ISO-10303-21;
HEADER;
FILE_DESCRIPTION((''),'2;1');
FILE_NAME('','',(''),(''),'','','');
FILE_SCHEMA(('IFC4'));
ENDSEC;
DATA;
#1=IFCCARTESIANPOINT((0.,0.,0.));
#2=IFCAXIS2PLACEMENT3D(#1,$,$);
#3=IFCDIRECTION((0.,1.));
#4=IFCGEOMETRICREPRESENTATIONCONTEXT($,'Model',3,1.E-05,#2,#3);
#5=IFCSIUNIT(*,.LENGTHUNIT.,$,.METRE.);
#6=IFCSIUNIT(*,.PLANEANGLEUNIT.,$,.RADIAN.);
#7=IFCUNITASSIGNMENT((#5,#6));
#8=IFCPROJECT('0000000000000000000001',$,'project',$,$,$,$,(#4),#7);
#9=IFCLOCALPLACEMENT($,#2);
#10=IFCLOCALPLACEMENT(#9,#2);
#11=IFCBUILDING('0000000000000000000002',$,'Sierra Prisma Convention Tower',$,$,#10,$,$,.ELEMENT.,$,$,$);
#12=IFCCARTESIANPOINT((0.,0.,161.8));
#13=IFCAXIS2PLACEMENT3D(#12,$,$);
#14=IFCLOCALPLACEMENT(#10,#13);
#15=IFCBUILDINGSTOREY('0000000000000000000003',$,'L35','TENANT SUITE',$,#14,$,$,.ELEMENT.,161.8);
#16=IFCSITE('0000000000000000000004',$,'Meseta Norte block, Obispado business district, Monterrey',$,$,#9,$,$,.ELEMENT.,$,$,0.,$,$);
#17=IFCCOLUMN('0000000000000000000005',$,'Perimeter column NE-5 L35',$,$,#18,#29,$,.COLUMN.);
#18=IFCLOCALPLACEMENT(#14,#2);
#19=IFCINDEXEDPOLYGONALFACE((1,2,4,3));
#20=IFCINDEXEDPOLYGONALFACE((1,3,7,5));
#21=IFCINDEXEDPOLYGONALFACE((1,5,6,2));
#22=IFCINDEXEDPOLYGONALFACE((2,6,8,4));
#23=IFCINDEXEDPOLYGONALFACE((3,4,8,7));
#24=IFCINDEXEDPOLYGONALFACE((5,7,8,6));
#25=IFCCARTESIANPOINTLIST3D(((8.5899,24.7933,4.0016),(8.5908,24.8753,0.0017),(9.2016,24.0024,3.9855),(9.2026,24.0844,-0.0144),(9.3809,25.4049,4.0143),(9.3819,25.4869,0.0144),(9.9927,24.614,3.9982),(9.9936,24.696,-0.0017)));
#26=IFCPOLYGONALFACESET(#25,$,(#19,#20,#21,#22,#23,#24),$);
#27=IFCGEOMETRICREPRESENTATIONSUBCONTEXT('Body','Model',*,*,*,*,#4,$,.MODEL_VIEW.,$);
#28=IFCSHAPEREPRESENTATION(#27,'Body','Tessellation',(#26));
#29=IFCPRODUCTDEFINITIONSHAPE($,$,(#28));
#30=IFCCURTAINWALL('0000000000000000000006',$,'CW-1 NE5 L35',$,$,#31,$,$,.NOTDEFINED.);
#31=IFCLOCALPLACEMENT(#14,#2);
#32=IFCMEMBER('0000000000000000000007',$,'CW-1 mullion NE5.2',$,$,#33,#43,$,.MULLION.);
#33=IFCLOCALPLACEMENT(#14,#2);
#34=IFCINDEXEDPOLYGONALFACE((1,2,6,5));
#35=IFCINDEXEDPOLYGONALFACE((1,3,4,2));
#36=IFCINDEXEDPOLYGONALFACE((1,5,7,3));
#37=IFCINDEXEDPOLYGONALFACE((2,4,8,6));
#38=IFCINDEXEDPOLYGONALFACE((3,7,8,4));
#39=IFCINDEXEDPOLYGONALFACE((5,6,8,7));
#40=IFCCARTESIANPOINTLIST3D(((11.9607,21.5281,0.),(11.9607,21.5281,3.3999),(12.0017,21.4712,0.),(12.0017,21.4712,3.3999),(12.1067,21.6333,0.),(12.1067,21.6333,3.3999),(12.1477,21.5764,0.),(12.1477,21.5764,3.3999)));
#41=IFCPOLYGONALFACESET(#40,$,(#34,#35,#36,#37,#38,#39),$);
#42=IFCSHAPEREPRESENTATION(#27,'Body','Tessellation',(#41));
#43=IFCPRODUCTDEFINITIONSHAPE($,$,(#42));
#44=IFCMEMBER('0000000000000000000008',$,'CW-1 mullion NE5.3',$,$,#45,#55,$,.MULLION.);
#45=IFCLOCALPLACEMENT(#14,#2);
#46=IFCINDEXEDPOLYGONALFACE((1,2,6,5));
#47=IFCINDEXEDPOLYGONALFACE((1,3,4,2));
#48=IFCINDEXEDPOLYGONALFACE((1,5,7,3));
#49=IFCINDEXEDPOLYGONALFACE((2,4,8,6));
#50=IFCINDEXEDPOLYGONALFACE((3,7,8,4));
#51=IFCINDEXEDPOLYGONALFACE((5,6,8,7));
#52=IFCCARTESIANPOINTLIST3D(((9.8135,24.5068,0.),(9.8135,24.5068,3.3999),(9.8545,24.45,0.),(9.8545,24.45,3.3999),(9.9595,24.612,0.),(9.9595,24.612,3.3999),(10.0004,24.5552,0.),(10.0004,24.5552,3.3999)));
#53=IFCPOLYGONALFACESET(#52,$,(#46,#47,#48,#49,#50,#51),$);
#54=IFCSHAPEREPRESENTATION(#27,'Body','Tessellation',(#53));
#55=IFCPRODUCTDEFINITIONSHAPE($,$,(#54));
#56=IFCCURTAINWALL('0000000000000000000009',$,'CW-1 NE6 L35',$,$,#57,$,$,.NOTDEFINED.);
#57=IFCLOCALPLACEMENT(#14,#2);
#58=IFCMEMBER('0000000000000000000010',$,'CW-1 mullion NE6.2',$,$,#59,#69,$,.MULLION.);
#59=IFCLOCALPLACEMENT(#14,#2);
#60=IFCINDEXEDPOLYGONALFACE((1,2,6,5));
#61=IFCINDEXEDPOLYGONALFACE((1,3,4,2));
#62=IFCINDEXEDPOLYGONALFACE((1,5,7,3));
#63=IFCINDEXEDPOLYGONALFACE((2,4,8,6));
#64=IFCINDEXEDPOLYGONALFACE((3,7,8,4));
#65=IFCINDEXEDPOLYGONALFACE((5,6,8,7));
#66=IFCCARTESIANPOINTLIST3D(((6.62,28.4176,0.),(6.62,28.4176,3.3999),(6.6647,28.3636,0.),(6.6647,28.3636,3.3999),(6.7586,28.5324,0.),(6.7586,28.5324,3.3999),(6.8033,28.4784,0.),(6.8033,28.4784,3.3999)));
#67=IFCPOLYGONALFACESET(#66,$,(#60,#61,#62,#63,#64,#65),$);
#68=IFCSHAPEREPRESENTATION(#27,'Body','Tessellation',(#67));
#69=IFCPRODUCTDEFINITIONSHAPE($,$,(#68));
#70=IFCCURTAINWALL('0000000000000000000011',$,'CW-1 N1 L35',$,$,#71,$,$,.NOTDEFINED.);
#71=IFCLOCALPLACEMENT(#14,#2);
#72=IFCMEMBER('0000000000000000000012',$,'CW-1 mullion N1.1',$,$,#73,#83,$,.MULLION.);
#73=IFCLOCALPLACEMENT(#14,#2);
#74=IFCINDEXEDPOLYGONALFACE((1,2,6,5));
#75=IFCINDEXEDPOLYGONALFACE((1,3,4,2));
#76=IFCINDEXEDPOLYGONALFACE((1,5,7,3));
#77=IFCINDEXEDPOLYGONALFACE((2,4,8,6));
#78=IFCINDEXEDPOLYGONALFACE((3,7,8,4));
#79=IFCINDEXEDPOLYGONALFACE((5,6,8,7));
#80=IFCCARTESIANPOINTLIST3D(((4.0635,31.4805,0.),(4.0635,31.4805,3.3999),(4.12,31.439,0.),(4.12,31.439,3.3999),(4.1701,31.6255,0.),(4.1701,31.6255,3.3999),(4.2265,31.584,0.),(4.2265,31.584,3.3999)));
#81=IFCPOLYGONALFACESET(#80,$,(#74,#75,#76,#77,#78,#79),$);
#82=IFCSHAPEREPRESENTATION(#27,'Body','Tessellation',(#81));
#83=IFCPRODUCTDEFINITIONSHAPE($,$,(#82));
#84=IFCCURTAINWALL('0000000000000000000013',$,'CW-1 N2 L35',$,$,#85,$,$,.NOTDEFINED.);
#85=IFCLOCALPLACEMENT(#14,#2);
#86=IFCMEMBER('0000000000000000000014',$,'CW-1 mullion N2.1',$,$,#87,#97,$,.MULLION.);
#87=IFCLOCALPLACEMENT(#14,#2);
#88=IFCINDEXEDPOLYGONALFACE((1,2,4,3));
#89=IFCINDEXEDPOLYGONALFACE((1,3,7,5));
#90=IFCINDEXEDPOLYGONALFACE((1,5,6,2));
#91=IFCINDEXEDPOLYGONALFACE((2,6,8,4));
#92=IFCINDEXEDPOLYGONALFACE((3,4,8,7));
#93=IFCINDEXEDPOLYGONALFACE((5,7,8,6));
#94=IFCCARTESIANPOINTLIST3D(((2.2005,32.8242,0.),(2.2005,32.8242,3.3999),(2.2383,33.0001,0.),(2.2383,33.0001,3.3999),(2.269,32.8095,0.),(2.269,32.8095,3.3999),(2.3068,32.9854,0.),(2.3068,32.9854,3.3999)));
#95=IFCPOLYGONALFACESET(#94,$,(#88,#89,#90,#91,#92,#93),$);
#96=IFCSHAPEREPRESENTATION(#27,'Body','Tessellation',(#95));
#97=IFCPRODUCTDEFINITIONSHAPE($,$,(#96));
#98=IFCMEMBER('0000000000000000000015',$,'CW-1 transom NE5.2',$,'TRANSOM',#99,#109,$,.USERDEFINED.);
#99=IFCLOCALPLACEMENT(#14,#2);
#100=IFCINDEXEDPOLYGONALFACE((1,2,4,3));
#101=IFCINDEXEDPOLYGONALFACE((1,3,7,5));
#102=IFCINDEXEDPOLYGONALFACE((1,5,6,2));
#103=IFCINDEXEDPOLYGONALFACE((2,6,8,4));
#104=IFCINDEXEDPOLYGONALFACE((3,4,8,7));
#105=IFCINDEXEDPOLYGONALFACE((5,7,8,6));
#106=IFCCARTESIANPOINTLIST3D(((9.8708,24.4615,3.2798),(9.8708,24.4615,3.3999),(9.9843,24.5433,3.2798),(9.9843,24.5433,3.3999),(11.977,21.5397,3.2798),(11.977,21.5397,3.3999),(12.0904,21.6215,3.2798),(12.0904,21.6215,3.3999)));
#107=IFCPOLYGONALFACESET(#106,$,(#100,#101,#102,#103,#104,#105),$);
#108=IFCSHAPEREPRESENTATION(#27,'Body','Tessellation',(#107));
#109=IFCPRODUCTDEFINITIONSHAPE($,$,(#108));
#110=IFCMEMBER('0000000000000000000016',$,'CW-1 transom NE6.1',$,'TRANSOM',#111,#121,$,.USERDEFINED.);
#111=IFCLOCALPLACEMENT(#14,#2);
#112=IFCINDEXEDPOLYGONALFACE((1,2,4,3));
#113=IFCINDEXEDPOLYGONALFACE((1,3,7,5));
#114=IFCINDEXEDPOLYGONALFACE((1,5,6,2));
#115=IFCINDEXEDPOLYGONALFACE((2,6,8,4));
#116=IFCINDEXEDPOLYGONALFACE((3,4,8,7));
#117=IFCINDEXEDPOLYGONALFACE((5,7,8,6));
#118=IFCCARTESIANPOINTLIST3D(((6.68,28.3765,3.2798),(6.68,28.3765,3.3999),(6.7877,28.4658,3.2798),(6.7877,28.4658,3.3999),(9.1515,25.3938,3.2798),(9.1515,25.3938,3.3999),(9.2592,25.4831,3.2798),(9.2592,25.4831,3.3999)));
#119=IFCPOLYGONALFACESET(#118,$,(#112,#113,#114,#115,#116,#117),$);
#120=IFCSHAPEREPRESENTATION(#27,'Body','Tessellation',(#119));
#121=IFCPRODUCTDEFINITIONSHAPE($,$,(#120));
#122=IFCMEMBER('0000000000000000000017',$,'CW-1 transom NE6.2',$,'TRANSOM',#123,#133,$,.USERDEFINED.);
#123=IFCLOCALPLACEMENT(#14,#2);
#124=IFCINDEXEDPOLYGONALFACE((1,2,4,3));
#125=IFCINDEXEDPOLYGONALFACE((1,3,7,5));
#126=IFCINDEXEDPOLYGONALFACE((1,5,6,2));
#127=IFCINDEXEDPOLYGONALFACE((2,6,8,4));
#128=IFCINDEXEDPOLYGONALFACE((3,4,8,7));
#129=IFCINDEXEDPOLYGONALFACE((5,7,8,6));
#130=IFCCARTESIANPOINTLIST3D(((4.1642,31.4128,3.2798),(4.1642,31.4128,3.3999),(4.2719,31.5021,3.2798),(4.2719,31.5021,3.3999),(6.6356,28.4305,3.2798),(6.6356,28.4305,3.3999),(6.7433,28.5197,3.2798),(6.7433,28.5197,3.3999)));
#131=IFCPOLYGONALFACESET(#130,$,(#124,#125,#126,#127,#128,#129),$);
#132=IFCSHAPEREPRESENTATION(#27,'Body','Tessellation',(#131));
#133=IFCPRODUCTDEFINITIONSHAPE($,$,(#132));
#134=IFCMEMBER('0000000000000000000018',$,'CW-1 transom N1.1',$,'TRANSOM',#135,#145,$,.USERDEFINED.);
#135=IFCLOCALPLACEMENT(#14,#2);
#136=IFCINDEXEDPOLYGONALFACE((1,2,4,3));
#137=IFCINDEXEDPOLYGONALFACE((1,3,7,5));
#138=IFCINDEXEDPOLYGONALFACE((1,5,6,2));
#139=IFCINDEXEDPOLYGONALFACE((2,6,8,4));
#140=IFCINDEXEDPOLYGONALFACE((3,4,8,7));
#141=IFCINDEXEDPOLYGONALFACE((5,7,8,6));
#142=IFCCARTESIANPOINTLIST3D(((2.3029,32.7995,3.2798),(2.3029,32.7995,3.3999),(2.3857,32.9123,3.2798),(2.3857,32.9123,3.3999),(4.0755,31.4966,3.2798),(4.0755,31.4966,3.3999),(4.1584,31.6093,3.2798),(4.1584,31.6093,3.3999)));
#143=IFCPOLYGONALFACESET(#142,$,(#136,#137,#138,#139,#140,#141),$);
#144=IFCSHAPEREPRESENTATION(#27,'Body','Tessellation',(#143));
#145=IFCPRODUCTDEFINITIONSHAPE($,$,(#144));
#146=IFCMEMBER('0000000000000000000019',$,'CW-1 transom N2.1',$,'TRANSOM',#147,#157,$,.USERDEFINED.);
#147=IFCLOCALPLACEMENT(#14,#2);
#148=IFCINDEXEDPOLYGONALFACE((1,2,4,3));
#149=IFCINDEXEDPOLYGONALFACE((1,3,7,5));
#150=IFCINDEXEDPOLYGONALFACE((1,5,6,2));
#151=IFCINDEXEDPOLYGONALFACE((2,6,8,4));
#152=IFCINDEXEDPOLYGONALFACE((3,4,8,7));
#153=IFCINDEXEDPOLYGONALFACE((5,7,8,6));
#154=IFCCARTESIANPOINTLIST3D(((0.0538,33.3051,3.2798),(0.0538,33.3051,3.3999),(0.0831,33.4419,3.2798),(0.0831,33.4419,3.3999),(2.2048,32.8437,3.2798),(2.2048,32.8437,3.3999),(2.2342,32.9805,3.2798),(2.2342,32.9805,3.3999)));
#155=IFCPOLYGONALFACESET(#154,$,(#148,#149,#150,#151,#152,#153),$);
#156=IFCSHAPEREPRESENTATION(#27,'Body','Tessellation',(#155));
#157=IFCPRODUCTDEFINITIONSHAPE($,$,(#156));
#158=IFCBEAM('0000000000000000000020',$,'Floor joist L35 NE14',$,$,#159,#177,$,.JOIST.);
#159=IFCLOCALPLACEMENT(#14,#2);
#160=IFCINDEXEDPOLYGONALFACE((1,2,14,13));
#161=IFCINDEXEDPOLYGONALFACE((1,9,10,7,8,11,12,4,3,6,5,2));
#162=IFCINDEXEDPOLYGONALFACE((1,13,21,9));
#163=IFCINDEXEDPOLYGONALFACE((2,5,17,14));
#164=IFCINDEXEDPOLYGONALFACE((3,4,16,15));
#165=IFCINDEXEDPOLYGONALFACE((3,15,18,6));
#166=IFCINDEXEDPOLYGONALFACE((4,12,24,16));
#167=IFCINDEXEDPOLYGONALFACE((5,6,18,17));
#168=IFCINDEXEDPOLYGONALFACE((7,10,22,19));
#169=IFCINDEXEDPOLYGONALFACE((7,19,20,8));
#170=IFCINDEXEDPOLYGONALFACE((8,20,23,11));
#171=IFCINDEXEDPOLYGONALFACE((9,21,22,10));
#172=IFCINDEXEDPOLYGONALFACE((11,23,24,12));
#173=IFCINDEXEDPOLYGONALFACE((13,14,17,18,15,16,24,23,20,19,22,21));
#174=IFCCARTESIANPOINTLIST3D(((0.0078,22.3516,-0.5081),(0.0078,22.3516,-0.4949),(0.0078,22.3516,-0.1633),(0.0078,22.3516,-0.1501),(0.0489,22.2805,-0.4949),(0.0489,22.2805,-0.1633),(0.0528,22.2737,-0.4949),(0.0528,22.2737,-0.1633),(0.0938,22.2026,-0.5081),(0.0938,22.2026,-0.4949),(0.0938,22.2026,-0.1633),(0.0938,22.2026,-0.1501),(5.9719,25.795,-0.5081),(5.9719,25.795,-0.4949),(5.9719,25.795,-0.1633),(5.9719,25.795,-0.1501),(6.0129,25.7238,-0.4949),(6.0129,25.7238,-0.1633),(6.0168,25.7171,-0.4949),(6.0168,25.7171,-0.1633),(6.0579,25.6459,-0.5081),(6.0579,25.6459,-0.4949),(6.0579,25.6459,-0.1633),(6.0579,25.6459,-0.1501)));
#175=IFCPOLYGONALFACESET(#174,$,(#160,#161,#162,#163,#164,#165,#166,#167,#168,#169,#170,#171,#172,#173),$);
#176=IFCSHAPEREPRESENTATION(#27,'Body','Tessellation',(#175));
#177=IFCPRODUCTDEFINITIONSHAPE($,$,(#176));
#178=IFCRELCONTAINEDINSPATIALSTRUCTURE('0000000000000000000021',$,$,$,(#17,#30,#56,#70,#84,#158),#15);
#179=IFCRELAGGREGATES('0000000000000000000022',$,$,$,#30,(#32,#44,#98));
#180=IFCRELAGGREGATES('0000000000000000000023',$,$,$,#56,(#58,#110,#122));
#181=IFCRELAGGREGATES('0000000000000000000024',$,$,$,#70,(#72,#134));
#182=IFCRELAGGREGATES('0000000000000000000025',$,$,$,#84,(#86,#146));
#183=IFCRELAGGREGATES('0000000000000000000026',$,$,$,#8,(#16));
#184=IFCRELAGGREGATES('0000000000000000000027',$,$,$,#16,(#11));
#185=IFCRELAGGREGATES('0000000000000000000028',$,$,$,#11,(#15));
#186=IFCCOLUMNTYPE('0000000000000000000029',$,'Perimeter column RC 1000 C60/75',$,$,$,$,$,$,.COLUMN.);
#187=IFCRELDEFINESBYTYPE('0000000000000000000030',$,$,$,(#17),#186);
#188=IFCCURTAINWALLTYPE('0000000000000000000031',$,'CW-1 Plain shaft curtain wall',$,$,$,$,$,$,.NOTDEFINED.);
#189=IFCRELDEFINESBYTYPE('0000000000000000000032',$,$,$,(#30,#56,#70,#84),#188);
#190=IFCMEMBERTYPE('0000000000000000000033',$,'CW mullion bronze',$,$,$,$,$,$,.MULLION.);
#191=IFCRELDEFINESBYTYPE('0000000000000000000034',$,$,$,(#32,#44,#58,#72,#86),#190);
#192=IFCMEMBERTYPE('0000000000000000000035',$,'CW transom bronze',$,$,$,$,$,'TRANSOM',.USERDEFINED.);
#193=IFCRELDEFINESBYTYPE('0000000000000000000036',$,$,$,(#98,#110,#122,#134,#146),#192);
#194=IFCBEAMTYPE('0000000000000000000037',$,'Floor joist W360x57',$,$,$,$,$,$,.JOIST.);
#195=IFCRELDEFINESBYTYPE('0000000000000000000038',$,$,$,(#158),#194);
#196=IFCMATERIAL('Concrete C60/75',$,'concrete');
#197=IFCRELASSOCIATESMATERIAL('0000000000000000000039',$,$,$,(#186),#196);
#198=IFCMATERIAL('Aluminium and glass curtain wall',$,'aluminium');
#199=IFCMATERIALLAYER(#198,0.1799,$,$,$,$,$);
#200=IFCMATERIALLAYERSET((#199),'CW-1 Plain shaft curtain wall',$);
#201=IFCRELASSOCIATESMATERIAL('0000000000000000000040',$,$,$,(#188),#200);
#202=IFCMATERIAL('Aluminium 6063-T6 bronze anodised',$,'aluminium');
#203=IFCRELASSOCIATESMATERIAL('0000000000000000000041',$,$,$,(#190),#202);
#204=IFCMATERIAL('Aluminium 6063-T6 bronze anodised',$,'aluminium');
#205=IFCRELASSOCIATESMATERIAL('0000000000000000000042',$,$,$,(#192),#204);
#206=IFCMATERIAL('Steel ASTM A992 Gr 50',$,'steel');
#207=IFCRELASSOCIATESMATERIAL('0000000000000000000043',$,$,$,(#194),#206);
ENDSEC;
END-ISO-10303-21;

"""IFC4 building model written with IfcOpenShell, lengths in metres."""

from ifc_helpers import new_model, si_unit, direction, frame, origin, origin_2d, place, context, subcontext, project, spatial, rectangle, i_section, extrude, material, layer, layer_set, material_profile, profile_set, type_object, element, aggregate, save


model = new_model("IFC4")

# Units and contexts
model_context = context("Model", 3, precision=1e-05, world=origin(), true_north=direction((0.0, 1.0)))
body_context = subcontext(model_context, "Body", "Model", "MODEL_VIEW")
ifc_project = project(units=[si_unit("LENGTHUNIT", "METRE"), si_unit("PLANEANGLEUNIT", "RADIAN")], contexts=[model_context])

# Site, building, storey
site_placement = place(None, origin())
site = spatial("IfcSite", under=ifc_project, at=site_placement, Name="Meseta Norte block, Obispado business district, Monterrey", CompositionType="ELEMENT", RefElevation=0.0)
building_placement = place(site_placement, origin())
building = spatial("IfcBuilding", under=site, at=building_placement, Name="Sierra Prisma Convention Tower", CompositionType="ELEMENT")
storey_placement = place(building_placement, frame((0.0, 0.0, 161.8)))
storey = spatial("IfcBuildingStorey", under=building, at=storey_placement, Name="L35", Description="TENANT SUITE", CompositionType="ELEMENT", Elevation=161.8)

# Column
ifc_material_1 = material(Name="Concrete C60/75", Category="concrete")
ifc_material_profile_1 = material_profile(ifc_material_1, rectangle(XDim=1.0, YDim=1.0, at=origin_2d()), Name="Perimeter column RC 1000 C60/75")
ifc_profile_set_1 = profile_set([ifc_material_profile_1], Name="Concrete C60/75")
column_type = type_object("IfcColumnType", Name="Perimeter column RC 1000 C60/75", PredefinedType="COLUMN", material=ifc_profile_set_1)
column_placement = place(storey_placement, frame((9.2922, 24.7856, 0.0), z_axis=(-0.000244, -0.020504, 0.99979), x_axis=(-0.611751, 0.790887, 0.01607)))
element("IfcColumn", 1, at=column_placement, inside=storey, type_object=column_type, Name="Perimeter column NE-5 L35", PredefinedType="COLUMN", context=body_context, shape_type="SweptSolid", body=[
    extrude(rectangle(XDim=1.0, YDim=1.0, at=origin_2d()), origin(), (0.0, 0.0, 1.0), 4.0007),
])

# Curtain wall, members
ifc_material_2 = material(Name="Aluminium and glass curtain wall", Category="aluminium")
ifc_layer_1 = layer(ifc_material_2, 0.1799)
ifc_layer_set_1 = layer_set([ifc_layer_1], Name="CW-1 Plain shaft curtain wall")
curtain_wall_type = type_object("IfcCurtainWallType", Name="CW-1 Plain shaft curtain wall", PredefinedType="NOTDEFINED", material=ifc_layer_set_1)
curtain_wall_1_placement = place(storey_placement, origin())
curtain_wall_1 = element("IfcCurtainWall", 2, at=curtain_wall_1_placement, inside=storey, type_object=curtain_wall_type, Name="CW-1 NE5 L35", PredefinedType="NOTDEFINED")
ifc_material_3 = material(Name="Aluminium 6063-T6 bronze anodised", Category="aluminium")
ifc_material_profile_2 = material_profile(ifc_material_3, rectangle(XDim=0.1799, YDim=0.0701, at=origin_2d()), Name="ALU MULLION 70x180")
ifc_profile_set_2 = profile_set([ifc_material_profile_2], Name="Aluminium 6063-T6 bronze anodised")
member_type_1 = type_object("IfcMemberType", Name="CW mullion bronze", PredefinedType="MULLION", material=ifc_profile_set_2)
member_1_placement = place(storey_placement, frame((12.0542, 21.5522, 0.0), z_axis=(0.0, 0.0, 1.0), x_axis=(-0.811195, -0.584776, 0.0)))
member_1 = element("IfcMember", 3, at=member_1_placement, type_object=member_type_1, Name="CW-1 mullion NE5.2", PredefinedType="MULLION", context=body_context, shape_type="SweptSolid", body=[
    extrude(rectangle(XDim=0.1799, YDim=0.0701, at=origin_2d()), origin(), (0.0, 0.0, 1.0), 3.3999),
])
member_2_placement = place(storey_placement, frame((9.907, 24.531, 0.0), z_axis=(0.0, 0.0, 1.0), x_axis=(-0.811195, -0.584776, 0.0)))
member_2 = element("IfcMember", 4, at=member_2_placement, type_object=member_type_1, Name="CW-1 mullion NE5.3", PredefinedType="MULLION", context=body_context, shape_type="SweptSolid", body=[
    extrude(rectangle(XDim=0.1799, YDim=0.0701, at=origin_2d()), origin(), (0.0, 0.0, 1.0), 3.3999),
])

# Curtain walls, members
curtain_wall_2_placement = place(storey_placement, origin())
curtain_wall_2 = element("IfcCurtainWall", 5, at=curtain_wall_2_placement, inside=storey, type_object=curtain_wall_type, Name="CW-1 NE6 L35", PredefinedType="NOTDEFINED")
member_3_placement = place(storey_placement, frame((6.7117, 28.448, 0.0), z_axis=(0.0, 0.0, 1.0), x_axis=(-0.770009, -0.638033, 0.0)))
member_3 = element("IfcMember", 6, at=member_3_placement, type_object=member_type_1, Name="CW-1 mullion NE6.2", PredefinedType="MULLION", context=body_context, shape_type="SweptSolid", body=[
    extrude(rectangle(XDim=0.1799, YDim=0.0701, at=origin_2d()), origin(), (0.0, 0.0, 1.0), 3.3999),
])
curtain_wall_3_placement = place(storey_placement, origin())
curtain_wall_3 = element("IfcCurtainWall", 7, at=curtain_wall_3_placement, inside=storey, type_object=curtain_wall_type, Name="CW-1 N1 L35", PredefinedType="NOTDEFINED")
member_4_placement = place(storey_placement, frame((4.145, 31.5322, 0.0), z_axis=(0.0, 0.0, 1.0), x_axis=(-0.592284, -0.805729, 0.0)))
member_4 = element("IfcMember", 8, at=member_4_placement, type_object=member_type_1, Name="CW-1 mullion N1.1", PredefinedType="MULLION", context=body_context, shape_type="SweptSolid", body=[
    extrude(rectangle(XDim=0.1799, YDim=0.0701, at=origin_2d()), origin(), (0.0, 0.0, 1.0), 3.3999),
])
curtain_wall_4_placement = place(storey_placement, origin())
curtain_wall_4 = element("IfcCurtainWall", 9, at=curtain_wall_4_placement, inside=storey, type_object=curtain_wall_type, Name="CW-1 N2 L35", PredefinedType="NOTDEFINED")
member_5_placement = place(storey_placement, frame((2.2537, 32.9048, 0.0), z_axis=(0.0, 0.0, 1.0), x_axis=(-0.209728, -0.97776, 0.0)))
member_5 = element("IfcMember", 10, at=member_5_placement, type_object=member_type_1, Name="CW-1 mullion N2.1", PredefinedType="MULLION", context=body_context, shape_type="SweptSolid", body=[
    extrude(rectangle(XDim=0.1799, YDim=0.0701, at=origin_2d()), origin(), (0.0, 0.0, 1.0), 3.3999),
])

# Members
ifc_material_4 = material(Name="Aluminium 6063-T6 bronze anodised", Category="aluminium")
ifc_material_profile_3 = material_profile(ifc_material_4, rectangle(XDim=0.1399, YDim=0.1201, at=origin_2d()), Name="ALU TRANSOM 120x140")
ifc_profile_set_3 = profile_set([ifc_material_profile_3], Name="Aluminium 6063-T6 bronze anodised")
member_type_2 = type_object("IfcMemberType", Name="CW transom bronze", ElementType="TRANSOM", PredefinedType="USERDEFINED", material=ifc_profile_set_3)
member_6_placement = place(storey_placement, frame((12.0337, 21.5806, 3.3398), z_axis=(-0.584753, 0.811212, 0.0), x_axis=(-0.811212, -0.584753, 0.0)))
member_6 = element("IfcMember", 11, at=member_6_placement, type_object=member_type_2, Name="CW-1 transom NE5.2", ObjectType="TRANSOM", PredefinedType="USERDEFINED", context=body_context, shape_type="SweptSolid", body=[
    extrude(rectangle(XDim=0.1399, YDim=0.1201, at=origin_2d()), origin(), (0.0, 0.0, 1.0), 3.6018),
])
member_7_placement = place(storey_placement, frame((9.2053, 25.4385, 3.3398), z_axis=(-0.638031, 0.770011, 0.0), x_axis=(-0.770011, -0.638031, 0.0)))
member_7 = element("IfcMember", 12, at=member_7_placement, type_object=member_type_2, Name="CW-1 transom NE6.1", ObjectType="TRANSOM", PredefinedType="USERDEFINED", context=body_context, shape_type="SweptSolid", body=[
    extrude(rectangle(XDim=0.1399, YDim=0.1201, at=origin_2d()), origin(), (0.0, 0.0, 1.0), 3.8735),
])
member_8_placement = place(storey_placement, frame((6.6895, 28.4751, 3.3398), z_axis=(-0.638062, 0.769985, 0.0), x_axis=(-0.769985, -0.638062, 0.0)))
member_8 = element("IfcMember", 13, at=member_8_placement, type_object=member_type_2, Name="CW-1 transom NE6.2", ObjectType="TRANSOM", PredefinedType="USERDEFINED", context=body_context, shape_type="SweptSolid", body=[
    extrude(rectangle(XDim=0.1399, YDim=0.1201, at=origin_2d()), origin(), (0.0, 0.0, 1.0), 3.8733),
])
member_9_placement = place(storey_placement, frame((4.1169, 31.553, 3.3398), z_axis=(-0.805755, 0.592249, 0.0), x_axis=(-0.592249, -0.805755, 0.0)))
member_9 = element("IfcMember", 14, at=member_9_placement, type_object=member_type_2, Name="CW-1 transom N1.1", ObjectType="TRANSOM", PredefinedType="USERDEFINED", context=body_context, shape_type="SweptSolid", body=[
    extrude(rectangle(XDim=0.1399, YDim=0.1201, at=origin_2d()), origin(), (0.0, 0.0, 1.0), 2.2),
])
member_10_placement = place(storey_placement, frame((2.2195, 32.9121, 3.3398), z_axis=(-0.977759, 0.209734, 0.0), x_axis=(-0.209734, -0.977759, 0.0)))
member_10 = element("IfcMember", 15, at=member_10_placement, type_object=member_type_2, Name="CW-1 transom N2.1", ObjectType="TRANSOM", PredefinedType="USERDEFINED", context=body_context, shape_type="SweptSolid", body=[
    extrude(rectangle(XDim=0.1399, YDim=0.1201, at=origin_2d()), origin(), (0.0, 0.0, 1.0), 2.2),
])

# Beam
ifc_material_5 = material(Name="Steel ASTM A992 Gr 50", Category="steel")
ifc_material_profile_4 = material_profile(ifc_material_5, i_section(OverallWidth=0.1721, OverallDepth=0.3579, WebThickness=0.0078, FlangeThickness=0.0132, at=origin_2d()), Name="W360x57")
ifc_profile_set_4 = profile_set([ifc_material_profile_4], Name="Steel ASTM A992 Gr 50")
beam_type_1 = type_object("IfcBeamType", Name="Floor joist W360x57", PredefinedType="JOIST", material=ifc_profile_set_4)
beam_1_placement = place(storey_placement, frame((6.0149, 25.7205, -0.3291), z_axis=(-0.866027, -0.499998, 0.0), x_axis=(0.499998, -0.866027, 0.0)))
element("IfcBeam", 16, at=beam_1_placement, inside=storey, type_object=beam_type_1, Name="Floor joist L35 NE14", PredefinedType="JOIST", context=body_context, shape_type="SweptSolid", body=[
    extrude(i_section(OverallWidth=0.1721, OverallDepth=0.3579, WebThickness=0.0078, FlangeThickness=0.0132, at=origin_2d()), origin(), (0.0, 0.0, 1.0), 6.8867),
])

aggregate(curtain_wall_1, [member_1, member_2, member_6])
aggregate(curtain_wall_2, [member_3, member_7, member_8])
aggregate(curtain_wall_3, [member_4, member_9])
aggregate(curtain_wall_4, [member_5, member_10])

save(model, "model.ifc")
